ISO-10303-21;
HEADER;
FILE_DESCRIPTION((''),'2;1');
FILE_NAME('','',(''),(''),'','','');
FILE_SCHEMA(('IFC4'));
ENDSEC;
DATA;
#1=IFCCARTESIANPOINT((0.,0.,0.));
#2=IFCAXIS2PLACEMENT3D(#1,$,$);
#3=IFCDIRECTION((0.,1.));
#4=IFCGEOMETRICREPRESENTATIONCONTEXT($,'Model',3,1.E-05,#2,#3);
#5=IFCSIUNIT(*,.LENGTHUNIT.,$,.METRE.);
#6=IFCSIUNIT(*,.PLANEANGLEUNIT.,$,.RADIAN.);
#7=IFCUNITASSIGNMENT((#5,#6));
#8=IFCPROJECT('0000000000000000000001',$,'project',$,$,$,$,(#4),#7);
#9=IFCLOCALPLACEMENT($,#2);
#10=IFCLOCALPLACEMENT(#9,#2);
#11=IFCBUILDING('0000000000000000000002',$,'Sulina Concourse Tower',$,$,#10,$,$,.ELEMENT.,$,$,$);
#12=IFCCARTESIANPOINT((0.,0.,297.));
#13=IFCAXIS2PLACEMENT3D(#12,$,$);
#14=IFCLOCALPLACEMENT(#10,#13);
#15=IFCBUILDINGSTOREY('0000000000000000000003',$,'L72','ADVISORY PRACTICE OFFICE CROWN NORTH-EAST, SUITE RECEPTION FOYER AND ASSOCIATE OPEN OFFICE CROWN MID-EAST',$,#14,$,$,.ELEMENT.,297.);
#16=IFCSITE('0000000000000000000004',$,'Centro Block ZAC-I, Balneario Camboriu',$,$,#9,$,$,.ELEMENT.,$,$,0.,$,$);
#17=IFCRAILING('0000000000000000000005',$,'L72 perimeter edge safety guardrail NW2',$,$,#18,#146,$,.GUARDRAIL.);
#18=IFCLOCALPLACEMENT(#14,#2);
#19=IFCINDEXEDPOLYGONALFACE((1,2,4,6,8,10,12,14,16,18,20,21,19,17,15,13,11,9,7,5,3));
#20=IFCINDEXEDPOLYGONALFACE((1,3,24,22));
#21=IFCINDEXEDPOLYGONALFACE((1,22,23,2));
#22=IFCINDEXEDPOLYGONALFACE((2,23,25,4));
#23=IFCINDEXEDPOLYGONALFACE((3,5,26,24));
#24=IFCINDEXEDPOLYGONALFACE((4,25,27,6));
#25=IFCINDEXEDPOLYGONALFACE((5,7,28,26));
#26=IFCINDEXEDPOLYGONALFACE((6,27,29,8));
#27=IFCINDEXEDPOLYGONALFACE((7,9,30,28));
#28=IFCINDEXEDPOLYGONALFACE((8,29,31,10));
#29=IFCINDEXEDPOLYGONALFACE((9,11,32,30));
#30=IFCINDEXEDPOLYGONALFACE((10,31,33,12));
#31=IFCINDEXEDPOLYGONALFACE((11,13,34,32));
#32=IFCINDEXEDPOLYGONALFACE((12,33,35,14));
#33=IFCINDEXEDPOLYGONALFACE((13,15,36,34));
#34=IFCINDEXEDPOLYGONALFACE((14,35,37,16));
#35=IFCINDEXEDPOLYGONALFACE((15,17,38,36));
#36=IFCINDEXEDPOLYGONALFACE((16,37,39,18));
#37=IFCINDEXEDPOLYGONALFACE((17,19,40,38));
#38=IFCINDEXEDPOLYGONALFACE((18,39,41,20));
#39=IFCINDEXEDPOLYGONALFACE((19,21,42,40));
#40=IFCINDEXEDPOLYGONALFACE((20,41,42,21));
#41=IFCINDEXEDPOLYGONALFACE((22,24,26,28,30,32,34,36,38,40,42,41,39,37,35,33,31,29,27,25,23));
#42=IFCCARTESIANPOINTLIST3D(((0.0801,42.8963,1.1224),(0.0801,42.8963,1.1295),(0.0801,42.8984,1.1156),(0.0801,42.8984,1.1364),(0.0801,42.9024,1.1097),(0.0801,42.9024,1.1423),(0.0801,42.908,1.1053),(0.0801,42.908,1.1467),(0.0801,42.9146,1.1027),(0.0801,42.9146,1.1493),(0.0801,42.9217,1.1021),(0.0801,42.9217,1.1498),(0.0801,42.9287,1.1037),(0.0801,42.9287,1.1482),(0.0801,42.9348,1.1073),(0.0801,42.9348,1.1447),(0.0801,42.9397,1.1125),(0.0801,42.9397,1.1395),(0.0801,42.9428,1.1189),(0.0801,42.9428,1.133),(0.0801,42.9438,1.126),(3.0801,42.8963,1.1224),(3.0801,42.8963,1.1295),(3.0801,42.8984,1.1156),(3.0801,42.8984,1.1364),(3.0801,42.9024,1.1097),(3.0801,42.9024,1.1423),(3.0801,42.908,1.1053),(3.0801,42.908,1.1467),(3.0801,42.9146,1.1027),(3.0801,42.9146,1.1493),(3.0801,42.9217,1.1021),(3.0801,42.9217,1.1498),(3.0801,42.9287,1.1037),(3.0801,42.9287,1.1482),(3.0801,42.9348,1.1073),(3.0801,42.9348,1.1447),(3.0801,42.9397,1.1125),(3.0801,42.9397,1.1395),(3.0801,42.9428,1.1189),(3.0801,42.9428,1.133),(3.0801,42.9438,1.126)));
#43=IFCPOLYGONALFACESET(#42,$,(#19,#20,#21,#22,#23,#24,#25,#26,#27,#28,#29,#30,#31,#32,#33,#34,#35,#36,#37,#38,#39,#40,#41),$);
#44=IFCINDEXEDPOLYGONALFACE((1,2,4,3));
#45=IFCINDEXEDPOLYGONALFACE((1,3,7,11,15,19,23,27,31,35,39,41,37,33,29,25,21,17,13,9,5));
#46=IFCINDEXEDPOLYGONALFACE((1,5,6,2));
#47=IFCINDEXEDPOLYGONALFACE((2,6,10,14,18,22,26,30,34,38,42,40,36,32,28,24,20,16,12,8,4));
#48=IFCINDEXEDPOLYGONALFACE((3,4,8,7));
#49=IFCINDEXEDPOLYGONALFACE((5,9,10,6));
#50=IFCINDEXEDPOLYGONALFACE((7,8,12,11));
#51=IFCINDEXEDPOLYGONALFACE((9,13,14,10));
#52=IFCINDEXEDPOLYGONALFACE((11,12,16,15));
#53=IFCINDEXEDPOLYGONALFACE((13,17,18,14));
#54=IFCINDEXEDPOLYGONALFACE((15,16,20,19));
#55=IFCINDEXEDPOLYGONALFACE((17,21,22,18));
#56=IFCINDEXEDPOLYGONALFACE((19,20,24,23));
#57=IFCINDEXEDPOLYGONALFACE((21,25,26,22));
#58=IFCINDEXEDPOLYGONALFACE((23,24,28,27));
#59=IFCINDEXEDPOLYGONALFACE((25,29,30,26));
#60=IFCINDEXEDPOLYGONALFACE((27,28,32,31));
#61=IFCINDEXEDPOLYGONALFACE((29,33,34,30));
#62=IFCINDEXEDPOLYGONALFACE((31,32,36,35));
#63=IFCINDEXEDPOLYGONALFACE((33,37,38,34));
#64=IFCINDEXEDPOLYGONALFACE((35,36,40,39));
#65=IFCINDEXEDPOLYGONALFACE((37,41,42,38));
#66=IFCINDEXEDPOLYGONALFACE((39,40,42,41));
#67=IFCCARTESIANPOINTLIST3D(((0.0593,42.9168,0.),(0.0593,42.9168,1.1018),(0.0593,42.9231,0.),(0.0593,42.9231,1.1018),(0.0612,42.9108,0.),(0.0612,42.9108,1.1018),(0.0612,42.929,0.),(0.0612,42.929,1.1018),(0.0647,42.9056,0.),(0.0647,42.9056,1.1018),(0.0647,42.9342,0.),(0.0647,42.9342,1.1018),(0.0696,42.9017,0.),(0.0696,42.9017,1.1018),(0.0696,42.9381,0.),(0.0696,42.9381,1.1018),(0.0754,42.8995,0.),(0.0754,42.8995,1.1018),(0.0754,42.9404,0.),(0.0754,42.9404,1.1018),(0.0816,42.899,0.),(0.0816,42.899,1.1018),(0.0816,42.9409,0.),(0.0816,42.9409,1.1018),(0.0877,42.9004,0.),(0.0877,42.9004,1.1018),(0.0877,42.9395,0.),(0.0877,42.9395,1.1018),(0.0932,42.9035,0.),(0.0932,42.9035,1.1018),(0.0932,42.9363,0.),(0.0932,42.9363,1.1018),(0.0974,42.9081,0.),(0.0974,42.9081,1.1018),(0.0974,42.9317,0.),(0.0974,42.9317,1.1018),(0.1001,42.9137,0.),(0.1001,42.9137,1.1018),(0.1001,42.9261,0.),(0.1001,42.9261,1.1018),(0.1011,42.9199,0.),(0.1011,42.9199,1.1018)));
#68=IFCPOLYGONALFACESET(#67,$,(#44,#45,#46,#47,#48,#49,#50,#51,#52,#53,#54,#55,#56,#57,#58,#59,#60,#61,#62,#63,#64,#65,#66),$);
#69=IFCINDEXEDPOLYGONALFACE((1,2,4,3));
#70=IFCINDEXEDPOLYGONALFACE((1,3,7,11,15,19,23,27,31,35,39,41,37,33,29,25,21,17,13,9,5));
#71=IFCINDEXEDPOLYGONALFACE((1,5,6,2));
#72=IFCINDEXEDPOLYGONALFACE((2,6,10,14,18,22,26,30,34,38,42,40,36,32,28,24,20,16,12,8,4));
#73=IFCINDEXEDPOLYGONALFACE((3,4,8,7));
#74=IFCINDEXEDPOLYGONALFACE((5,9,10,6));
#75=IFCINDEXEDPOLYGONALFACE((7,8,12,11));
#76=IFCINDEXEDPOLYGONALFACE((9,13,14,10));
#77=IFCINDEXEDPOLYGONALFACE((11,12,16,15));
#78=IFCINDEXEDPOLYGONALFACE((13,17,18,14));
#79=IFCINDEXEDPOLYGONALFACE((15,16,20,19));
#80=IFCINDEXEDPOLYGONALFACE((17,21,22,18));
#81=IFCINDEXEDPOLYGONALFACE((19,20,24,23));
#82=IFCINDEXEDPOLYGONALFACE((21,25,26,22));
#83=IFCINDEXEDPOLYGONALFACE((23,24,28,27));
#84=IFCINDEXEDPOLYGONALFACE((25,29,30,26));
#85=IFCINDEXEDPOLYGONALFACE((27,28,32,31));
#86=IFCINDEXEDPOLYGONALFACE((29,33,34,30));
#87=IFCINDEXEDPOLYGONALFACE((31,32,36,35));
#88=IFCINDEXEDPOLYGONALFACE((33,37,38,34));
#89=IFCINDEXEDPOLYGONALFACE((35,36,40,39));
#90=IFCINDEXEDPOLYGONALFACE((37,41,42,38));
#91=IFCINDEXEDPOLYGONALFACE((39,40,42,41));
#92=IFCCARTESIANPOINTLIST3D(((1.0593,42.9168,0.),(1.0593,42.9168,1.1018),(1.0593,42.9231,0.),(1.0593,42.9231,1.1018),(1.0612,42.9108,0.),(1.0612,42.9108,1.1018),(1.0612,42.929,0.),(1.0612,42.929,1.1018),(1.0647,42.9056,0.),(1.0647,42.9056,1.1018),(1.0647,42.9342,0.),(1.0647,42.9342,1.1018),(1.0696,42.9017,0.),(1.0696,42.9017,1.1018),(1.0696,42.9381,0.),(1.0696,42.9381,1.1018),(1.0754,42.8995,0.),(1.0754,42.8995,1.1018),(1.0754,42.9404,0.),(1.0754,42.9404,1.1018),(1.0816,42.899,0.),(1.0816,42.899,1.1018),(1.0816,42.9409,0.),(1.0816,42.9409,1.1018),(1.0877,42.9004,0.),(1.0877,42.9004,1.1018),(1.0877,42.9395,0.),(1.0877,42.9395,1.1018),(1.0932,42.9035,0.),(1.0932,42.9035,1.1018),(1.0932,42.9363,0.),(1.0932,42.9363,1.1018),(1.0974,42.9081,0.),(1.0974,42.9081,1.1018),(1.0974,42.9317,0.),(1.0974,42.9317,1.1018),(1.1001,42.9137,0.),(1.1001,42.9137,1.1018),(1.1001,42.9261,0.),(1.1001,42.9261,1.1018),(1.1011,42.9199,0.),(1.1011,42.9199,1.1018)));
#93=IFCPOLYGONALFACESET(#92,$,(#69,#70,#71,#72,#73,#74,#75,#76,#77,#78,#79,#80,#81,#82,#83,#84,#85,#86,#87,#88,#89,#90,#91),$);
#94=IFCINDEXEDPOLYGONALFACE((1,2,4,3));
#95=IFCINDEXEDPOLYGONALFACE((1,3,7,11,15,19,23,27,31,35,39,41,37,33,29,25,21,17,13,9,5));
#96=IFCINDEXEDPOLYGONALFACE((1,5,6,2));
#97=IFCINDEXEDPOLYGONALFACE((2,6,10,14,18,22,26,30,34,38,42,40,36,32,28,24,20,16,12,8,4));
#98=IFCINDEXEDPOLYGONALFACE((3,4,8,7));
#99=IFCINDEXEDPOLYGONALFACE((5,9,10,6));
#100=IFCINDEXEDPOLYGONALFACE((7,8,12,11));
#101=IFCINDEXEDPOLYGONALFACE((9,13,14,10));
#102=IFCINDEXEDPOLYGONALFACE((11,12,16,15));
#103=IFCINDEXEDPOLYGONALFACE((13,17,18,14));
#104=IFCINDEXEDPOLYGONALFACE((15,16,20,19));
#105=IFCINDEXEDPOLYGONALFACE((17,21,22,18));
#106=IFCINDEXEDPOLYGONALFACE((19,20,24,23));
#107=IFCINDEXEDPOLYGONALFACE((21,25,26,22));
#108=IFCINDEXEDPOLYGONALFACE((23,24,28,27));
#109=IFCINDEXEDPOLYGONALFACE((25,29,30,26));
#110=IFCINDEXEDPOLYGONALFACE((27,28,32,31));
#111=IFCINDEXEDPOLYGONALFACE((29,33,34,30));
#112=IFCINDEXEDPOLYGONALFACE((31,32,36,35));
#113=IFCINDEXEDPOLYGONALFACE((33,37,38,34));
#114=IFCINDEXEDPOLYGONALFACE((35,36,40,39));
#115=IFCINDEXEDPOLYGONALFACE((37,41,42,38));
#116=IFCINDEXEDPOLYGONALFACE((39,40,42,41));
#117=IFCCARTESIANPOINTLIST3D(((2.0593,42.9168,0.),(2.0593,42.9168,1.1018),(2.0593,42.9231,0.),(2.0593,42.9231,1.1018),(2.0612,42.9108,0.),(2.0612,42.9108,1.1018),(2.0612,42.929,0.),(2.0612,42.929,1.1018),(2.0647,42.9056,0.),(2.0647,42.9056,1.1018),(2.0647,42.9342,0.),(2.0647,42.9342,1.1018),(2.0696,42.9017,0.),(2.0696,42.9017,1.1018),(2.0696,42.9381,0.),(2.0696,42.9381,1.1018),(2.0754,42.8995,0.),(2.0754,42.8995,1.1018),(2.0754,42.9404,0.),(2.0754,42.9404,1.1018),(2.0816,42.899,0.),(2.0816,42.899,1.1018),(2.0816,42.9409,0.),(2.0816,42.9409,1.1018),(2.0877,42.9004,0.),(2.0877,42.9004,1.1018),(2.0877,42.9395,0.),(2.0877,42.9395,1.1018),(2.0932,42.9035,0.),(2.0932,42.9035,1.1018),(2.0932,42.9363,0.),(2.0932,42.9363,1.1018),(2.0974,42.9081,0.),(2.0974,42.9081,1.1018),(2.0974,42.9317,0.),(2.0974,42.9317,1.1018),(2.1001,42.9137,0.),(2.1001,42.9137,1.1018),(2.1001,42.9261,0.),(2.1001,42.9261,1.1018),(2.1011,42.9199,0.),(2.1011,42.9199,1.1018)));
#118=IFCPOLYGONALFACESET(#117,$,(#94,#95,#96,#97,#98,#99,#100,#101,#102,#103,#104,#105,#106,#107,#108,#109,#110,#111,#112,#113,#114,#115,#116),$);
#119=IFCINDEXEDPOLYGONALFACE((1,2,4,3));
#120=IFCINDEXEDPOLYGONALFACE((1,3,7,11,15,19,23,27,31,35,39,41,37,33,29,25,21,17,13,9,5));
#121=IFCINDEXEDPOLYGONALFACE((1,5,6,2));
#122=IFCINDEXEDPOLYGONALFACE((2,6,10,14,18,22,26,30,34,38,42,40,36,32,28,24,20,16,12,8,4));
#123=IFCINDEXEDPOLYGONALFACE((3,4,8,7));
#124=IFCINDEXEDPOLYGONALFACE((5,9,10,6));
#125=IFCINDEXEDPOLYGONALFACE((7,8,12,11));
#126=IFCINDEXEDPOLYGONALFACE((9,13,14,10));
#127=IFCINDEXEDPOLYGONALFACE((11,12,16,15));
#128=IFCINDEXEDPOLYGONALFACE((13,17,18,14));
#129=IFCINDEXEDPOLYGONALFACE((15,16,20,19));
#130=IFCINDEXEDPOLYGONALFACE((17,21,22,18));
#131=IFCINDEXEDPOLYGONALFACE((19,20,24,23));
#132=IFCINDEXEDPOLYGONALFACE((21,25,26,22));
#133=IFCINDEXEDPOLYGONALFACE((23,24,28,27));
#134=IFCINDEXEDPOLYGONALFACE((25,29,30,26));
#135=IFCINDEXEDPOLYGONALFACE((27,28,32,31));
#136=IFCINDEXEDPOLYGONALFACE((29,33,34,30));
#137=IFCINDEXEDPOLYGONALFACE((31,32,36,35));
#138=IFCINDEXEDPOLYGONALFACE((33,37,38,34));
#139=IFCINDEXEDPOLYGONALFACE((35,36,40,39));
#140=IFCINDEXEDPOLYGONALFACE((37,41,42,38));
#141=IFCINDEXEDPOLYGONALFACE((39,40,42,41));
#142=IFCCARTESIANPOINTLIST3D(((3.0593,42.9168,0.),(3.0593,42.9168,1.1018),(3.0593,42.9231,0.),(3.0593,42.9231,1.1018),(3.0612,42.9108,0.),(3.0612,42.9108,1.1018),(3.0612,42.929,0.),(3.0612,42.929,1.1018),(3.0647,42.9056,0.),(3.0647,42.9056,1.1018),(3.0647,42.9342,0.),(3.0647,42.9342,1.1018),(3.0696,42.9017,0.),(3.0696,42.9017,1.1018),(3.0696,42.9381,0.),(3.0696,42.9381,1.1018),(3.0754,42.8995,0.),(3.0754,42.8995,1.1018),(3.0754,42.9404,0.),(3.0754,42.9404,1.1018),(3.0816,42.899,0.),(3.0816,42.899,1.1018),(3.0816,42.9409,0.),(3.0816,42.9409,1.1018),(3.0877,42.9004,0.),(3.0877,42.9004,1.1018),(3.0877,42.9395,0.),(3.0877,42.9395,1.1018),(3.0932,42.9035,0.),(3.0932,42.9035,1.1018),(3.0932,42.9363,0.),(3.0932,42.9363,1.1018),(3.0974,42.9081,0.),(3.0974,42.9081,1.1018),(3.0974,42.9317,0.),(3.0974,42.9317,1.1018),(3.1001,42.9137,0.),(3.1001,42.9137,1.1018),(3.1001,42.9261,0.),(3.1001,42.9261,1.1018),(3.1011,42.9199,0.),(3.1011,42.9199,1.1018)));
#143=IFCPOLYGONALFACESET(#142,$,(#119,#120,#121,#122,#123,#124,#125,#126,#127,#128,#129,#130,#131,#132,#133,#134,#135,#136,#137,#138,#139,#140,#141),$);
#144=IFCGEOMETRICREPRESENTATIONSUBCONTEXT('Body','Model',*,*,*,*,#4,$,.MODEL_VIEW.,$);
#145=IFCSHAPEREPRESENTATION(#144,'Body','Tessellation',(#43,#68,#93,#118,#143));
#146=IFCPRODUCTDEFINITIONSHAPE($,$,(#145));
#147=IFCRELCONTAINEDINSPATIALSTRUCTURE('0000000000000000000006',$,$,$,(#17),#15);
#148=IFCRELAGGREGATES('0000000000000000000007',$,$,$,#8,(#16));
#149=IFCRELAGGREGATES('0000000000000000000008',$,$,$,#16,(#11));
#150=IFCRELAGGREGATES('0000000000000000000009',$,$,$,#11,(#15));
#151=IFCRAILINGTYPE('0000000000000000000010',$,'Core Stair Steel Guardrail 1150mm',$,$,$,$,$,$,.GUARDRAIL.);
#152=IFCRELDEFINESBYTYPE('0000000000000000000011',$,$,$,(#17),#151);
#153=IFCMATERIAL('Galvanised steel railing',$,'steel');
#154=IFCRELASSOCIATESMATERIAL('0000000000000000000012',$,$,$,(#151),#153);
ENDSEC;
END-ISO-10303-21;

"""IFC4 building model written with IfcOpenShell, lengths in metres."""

from ifc_helpers import new_model, si_unit, direction, frame, origin, origin_2d, place, context, subcontext, project, spatial, circle, extrude, material, type_object, element, save


model = new_model("IFC4")

# Units and contexts
model_context = context("Model", 3, precision=1e-05, world=origin(), true_north=direction((0.0, 1.0)))
body_context = subcontext(model_context, "Body", "Model", "MODEL_VIEW")
ifc_project = project(units=[si_unit("LENGTHUNIT", "METRE"), si_unit("PLANEANGLEUNIT", "RADIAN")], contexts=[model_context])

# Site, building, storey
site_placement = place(None, origin())
site = spatial("IfcSite", under=ifc_project, at=site_placement, Name="Centro Block ZAC-I, Balneario Camboriu", CompositionType="ELEMENT", RefElevation=0.0)
building_placement = place(site_placement, origin())
building = spatial("IfcBuilding", under=site, at=building_placement, Name="Sulina Concourse Tower", CompositionType="ELEMENT")
storey_placement = place(building_placement, frame((0.0, 0.0, 297.0)))
storey = spatial("IfcBuildingStorey", under=building, at=storey_placement, Name="L72", Description="ADVISORY PRACTICE OFFICE CROWN NORTH-EAST, SUITE RECEPTION FOYER AND ASSOCIATE OPEN OFFICE CROWN MID-EAST", CompositionType="ELEMENT", Elevation=297.0)

# Railing
ifc_material_1 = material(Name="Galvanised steel railing", Category="steel")
railing_type_1 = type_object("IfcRailingType", Name="Core Stair Steel Guardrail 1150mm", PredefinedType="GUARDRAIL", material=ifc_material_1)
railing_1_placement = place(storey_placement, frame((0.0801, 42.9199, 0.0)))
element("IfcRailing", 1, at=railing_1_placement, inside=storey, type_object=railing_type_1, Name="L72 perimeter edge safety guardrail NW2", PredefinedType="GUARDRAIL", context=body_context, shape_type="SweptSolid", body=[
    extrude(circle(Radius=0.0239, at=origin_2d()), frame((0.0, 0.0, 1.126), z_axis=(1.0, 0.0, 0.0), x_axis=(0.0, 1.0, 0.0)), (0.0, 0.0, 1.0), 3.0),
    extrude(circle(Radius=0.021, at=origin_2d()), origin(), (0.0, 0.0, 1.0), 1.1018),
    extrude(circle(Radius=0.021, at=origin_2d()), frame((1.0, 0.0, 0.0)), (0.0, 0.0, 1.0), 1.1018),
    extrude(circle(Radius=0.021, at=origin_2d()), frame((2.0, 0.0, 0.0)), (0.0, 0.0, 1.0), 1.1018),
    extrude(circle(Radius=0.021, at=origin_2d()), frame((3.0, 0.0, 0.0)), (0.0, 0.0, 1.0), 1.1018),
])

save(model, "model.ifc")
